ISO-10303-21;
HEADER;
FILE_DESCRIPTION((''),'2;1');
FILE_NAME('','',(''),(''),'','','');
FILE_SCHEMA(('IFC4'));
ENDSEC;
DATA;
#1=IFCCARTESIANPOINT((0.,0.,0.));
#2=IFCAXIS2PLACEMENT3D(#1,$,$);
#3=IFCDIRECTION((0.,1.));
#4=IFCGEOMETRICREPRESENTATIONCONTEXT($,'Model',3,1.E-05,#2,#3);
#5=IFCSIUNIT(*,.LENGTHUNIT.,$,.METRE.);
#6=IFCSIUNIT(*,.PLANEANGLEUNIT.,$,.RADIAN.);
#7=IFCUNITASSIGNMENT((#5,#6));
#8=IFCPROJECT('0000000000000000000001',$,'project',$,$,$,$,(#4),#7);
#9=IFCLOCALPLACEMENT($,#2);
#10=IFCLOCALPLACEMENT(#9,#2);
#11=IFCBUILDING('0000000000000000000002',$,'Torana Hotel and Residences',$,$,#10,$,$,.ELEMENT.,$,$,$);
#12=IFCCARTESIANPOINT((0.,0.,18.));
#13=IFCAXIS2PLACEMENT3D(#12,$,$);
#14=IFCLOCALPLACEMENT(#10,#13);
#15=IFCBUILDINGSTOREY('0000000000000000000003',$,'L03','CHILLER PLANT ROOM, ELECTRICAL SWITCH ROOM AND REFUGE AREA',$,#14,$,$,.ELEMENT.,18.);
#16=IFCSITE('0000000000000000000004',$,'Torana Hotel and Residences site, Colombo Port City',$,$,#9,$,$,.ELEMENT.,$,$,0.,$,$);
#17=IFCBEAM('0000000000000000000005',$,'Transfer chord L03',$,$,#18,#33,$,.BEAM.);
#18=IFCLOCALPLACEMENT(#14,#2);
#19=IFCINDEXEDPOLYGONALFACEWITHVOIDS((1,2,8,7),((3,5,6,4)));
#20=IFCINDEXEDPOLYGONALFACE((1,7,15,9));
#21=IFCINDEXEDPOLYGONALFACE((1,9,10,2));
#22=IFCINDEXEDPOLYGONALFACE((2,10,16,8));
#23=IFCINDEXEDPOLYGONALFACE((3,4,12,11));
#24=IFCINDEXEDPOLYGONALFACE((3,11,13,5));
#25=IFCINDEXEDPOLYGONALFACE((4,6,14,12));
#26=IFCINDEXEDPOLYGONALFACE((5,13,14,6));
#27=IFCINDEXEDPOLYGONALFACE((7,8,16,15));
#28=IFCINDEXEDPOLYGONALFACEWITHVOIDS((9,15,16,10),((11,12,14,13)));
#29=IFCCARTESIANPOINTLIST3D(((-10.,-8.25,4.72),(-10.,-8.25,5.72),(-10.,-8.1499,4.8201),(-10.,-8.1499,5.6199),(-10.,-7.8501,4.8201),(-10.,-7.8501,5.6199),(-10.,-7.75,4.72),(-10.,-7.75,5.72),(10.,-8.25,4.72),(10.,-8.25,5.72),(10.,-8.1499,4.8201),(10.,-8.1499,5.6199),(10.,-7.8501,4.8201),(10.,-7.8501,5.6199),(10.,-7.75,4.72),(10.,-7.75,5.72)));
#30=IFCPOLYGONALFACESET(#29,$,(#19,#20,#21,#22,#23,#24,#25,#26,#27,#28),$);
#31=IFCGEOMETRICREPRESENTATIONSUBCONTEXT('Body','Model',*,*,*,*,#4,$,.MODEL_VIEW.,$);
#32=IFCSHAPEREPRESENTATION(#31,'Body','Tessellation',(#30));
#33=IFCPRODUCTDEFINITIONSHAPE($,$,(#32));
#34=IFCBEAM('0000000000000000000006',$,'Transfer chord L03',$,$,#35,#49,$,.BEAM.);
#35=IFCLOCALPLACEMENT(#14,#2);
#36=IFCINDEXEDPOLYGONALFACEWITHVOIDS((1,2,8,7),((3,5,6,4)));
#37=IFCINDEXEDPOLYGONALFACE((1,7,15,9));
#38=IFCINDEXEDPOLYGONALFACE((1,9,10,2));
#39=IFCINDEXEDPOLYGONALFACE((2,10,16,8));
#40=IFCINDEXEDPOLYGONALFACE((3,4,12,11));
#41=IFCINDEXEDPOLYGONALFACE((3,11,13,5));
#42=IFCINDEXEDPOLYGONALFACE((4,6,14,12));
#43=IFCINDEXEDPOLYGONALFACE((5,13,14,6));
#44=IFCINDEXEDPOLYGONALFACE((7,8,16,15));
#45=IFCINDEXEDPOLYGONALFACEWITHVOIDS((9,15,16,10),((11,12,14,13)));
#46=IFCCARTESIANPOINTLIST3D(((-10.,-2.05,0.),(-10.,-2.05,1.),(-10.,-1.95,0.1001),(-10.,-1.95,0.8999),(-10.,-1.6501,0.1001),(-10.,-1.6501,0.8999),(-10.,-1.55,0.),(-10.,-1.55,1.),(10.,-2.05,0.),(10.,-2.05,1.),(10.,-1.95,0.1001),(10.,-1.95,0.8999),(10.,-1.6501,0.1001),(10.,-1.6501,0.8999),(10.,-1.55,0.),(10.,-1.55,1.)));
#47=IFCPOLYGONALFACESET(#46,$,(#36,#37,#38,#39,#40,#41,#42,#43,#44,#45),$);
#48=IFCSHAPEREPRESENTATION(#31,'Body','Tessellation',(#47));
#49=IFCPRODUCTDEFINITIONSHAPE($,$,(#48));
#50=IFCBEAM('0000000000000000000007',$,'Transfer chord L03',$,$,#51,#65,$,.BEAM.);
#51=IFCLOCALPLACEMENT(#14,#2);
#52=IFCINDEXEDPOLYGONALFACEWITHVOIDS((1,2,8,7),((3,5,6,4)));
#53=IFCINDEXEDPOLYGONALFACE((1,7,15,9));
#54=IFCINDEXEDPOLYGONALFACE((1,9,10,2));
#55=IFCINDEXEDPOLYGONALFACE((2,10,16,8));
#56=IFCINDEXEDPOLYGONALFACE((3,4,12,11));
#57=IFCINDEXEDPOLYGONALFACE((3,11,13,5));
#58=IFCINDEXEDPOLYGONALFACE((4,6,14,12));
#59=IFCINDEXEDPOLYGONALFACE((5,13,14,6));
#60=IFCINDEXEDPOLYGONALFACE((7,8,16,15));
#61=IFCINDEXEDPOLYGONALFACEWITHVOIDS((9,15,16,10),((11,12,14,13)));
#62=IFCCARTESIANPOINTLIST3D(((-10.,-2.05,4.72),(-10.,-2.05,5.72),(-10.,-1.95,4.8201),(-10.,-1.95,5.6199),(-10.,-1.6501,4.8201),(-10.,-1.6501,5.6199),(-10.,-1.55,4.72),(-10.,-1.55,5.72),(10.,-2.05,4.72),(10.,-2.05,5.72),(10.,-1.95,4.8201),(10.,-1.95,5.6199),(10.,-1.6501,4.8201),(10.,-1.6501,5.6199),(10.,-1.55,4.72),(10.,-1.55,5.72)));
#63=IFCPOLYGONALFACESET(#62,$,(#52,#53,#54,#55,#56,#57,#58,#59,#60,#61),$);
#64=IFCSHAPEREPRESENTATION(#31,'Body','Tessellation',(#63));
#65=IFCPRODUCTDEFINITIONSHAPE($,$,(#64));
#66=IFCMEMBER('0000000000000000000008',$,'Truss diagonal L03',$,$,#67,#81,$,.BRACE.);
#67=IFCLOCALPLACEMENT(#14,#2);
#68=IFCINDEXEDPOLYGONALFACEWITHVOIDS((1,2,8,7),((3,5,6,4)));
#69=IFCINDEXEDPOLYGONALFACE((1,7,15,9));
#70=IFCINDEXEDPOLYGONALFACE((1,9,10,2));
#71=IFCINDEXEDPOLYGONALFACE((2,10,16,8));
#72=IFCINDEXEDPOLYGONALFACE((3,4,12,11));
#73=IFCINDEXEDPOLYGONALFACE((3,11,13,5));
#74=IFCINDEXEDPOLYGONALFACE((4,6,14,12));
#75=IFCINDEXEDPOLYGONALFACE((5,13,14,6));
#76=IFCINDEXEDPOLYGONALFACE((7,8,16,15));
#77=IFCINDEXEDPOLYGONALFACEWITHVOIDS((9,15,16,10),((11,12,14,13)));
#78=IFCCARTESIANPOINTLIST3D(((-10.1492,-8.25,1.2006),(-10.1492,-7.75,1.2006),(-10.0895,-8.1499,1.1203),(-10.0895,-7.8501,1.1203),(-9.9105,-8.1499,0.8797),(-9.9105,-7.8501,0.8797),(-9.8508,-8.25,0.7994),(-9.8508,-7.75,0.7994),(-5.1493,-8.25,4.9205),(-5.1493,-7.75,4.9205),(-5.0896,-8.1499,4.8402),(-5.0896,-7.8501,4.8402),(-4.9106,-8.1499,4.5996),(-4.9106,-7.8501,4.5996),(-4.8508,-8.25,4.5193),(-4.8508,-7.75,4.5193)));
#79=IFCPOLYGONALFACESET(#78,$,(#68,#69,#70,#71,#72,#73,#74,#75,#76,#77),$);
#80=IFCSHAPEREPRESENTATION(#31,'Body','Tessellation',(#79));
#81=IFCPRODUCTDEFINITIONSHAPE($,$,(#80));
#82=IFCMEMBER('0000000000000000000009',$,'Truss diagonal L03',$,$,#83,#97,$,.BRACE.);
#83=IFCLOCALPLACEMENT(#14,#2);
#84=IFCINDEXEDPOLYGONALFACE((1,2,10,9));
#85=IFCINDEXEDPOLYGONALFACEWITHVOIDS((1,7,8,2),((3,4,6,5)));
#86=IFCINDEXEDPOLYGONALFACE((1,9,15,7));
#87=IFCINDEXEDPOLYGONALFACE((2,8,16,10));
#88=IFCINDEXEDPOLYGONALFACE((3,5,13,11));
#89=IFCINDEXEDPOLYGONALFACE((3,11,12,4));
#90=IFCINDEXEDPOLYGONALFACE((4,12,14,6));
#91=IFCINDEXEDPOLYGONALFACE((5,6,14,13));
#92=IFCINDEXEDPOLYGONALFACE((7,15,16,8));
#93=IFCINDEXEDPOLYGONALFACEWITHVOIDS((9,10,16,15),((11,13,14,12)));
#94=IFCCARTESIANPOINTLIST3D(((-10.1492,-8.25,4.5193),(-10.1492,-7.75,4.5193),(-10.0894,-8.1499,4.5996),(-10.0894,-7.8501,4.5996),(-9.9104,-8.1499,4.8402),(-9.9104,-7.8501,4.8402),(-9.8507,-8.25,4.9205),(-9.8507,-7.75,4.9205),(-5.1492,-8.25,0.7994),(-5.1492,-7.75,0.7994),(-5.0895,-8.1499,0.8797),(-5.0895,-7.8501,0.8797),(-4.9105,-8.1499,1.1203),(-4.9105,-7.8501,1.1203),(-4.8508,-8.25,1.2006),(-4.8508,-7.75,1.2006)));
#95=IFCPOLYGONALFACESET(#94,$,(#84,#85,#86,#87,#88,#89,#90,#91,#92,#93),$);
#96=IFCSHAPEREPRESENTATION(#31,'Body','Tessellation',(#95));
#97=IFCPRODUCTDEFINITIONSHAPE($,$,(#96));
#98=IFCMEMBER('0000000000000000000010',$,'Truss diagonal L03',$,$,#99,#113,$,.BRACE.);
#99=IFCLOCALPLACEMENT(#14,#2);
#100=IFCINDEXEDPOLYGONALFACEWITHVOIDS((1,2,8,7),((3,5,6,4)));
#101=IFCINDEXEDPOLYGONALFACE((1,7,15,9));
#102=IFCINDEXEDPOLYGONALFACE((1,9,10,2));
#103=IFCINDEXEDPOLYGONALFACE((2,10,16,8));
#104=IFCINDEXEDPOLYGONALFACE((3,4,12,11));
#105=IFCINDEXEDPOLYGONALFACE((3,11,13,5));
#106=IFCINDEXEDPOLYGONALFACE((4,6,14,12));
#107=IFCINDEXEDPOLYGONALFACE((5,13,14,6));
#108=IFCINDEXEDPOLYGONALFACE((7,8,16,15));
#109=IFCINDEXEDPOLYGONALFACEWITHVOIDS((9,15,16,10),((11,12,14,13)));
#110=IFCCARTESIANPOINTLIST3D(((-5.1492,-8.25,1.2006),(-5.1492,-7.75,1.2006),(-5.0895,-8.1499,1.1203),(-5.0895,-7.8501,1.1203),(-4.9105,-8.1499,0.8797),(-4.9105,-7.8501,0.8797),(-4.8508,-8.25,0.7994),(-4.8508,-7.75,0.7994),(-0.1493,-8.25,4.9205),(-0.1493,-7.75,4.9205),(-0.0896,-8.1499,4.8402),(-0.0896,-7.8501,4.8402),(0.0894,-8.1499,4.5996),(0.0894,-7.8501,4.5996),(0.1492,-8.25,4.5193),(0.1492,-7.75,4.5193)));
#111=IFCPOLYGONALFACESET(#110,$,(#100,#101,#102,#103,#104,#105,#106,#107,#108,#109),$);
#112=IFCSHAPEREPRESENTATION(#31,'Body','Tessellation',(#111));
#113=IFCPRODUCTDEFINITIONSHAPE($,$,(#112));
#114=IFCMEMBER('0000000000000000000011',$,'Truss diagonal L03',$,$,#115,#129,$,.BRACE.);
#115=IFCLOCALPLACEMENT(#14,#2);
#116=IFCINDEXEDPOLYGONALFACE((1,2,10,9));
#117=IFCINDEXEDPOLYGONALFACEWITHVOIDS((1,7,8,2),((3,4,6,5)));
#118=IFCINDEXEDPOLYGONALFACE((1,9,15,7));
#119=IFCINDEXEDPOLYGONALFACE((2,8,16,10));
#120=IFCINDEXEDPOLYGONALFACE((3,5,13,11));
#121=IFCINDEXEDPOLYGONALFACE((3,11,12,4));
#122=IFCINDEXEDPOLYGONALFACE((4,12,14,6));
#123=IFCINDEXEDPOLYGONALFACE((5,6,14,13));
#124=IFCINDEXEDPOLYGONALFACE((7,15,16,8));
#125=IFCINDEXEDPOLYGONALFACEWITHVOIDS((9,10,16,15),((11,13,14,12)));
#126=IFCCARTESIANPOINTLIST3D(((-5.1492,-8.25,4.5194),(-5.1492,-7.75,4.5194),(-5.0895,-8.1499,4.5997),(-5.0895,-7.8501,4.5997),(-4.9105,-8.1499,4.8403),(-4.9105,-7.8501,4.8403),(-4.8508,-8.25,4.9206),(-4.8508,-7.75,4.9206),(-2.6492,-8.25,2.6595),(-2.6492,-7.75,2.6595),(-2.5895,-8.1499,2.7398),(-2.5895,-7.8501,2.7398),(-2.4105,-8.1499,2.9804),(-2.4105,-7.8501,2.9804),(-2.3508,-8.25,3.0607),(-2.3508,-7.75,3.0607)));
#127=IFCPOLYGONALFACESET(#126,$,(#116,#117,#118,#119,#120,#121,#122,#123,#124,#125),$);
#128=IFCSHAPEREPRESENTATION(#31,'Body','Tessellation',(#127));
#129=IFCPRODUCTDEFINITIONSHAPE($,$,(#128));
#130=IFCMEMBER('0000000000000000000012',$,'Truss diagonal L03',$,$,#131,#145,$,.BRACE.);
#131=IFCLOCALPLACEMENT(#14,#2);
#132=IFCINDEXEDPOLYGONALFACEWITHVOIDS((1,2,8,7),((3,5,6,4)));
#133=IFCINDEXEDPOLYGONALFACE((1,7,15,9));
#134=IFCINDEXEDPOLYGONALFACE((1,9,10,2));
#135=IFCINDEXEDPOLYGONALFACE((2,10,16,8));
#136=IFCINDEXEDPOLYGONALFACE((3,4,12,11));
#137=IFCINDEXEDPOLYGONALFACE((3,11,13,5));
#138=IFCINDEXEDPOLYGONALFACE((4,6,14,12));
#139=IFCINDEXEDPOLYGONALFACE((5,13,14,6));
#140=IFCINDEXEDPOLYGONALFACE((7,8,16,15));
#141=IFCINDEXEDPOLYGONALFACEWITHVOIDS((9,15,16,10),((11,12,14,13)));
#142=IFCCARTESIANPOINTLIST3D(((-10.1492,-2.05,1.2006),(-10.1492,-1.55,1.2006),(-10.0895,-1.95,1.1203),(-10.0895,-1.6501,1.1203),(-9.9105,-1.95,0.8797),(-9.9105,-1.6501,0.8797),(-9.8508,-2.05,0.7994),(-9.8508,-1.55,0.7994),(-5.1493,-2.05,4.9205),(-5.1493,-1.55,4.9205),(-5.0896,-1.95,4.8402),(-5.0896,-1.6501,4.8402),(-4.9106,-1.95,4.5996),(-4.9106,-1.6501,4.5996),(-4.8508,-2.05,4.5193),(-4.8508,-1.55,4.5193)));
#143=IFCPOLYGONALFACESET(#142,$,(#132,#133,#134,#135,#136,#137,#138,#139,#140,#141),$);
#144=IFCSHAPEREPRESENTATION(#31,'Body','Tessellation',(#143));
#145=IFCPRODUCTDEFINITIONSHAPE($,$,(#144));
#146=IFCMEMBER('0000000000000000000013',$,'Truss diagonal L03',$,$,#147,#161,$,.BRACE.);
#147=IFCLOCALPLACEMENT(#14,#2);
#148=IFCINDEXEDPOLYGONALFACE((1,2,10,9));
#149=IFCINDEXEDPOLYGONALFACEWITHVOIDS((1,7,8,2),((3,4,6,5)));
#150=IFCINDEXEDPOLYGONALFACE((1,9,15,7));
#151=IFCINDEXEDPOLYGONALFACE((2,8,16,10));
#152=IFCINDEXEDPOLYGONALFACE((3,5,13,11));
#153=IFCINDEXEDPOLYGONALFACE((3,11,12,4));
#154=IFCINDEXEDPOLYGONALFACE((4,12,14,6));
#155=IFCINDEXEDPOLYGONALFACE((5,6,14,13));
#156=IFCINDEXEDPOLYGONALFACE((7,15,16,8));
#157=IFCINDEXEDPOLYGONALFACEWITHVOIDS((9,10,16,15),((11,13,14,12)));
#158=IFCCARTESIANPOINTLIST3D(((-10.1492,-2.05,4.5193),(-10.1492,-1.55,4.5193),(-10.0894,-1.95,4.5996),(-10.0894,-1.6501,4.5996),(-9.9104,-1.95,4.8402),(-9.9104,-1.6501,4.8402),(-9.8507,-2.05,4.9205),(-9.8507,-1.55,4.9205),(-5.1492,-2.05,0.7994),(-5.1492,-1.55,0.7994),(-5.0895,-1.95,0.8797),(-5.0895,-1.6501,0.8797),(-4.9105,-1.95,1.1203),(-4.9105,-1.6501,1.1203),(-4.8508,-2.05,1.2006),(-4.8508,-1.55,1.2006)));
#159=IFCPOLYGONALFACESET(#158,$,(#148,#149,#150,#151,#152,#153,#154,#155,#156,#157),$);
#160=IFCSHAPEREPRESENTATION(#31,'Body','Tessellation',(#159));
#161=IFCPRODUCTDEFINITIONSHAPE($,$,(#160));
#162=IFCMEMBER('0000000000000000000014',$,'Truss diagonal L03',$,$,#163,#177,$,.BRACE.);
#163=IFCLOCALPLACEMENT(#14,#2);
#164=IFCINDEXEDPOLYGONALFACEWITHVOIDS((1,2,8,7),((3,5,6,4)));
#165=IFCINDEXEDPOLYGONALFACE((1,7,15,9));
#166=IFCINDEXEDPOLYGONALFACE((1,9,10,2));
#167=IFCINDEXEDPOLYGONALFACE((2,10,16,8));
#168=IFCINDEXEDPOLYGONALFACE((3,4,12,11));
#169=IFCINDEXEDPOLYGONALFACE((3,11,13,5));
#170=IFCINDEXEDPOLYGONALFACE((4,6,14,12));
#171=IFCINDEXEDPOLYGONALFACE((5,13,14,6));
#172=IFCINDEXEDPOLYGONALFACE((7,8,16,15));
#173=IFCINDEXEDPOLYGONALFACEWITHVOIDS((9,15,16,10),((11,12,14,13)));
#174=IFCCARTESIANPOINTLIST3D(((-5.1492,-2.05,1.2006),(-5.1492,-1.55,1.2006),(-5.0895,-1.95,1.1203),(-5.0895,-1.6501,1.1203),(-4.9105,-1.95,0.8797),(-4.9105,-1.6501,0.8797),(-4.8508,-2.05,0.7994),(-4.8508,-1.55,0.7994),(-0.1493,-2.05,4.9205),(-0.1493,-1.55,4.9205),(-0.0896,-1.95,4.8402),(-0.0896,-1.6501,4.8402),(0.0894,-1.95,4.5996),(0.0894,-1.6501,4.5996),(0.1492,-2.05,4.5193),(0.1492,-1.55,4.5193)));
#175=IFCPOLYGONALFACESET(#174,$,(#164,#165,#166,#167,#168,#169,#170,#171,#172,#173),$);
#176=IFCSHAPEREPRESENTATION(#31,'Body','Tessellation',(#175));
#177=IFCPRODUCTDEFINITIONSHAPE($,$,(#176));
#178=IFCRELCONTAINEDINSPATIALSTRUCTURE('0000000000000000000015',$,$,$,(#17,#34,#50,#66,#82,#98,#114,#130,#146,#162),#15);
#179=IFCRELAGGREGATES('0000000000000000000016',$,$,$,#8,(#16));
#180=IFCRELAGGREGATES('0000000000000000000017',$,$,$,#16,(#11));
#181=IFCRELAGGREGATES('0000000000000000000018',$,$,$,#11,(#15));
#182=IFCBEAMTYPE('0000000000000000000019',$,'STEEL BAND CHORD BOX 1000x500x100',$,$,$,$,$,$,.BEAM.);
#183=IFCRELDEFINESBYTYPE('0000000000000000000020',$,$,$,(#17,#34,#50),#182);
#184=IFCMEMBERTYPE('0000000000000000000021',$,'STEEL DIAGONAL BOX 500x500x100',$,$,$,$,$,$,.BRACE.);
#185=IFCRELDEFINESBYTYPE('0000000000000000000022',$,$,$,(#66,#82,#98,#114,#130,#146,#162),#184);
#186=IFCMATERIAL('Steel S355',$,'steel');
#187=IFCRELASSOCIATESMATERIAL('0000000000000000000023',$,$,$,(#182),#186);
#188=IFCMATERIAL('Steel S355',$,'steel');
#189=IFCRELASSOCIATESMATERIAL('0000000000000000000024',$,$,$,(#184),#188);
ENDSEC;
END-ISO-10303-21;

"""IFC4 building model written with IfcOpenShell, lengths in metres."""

from ifc_helpers import new_model, si_unit, direction, frame, origin, origin_2d, place, context, subcontext, project, spatial, hollow_rectangle, extrude, material, material_profile, profile_set, type_object, element, save


model = new_model("IFC4")

# Units and contexts
model_context = context("Model", 3, precision=1e-05, world=origin(), true_north=direction((0.0, 1.0)))
body_context = subcontext(model_context, "Body", "Model", "MODEL_VIEW")
ifc_project = project(units=[si_unit("LENGTHUNIT", "METRE"), si_unit("PLANEANGLEUNIT", "RADIAN")], contexts=[model_context])

# Site, building, storey
site_placement = place(None, origin())
site = spatial("IfcSite", under=ifc_project, at=site_placement, Name="Torana Hotel and Residences site, Colombo Port City", CompositionType="ELEMENT", RefElevation=0.0)
building_placement = place(site_placement, origin())
building = spatial("IfcBuilding", under=site, at=building_placement, Name="Torana Hotel and Residences", CompositionType="ELEMENT")
storey_placement = place(building_placement, frame((0.0, 0.0, 18.0)))
storey = spatial("IfcBuildingStorey", under=building, at=storey_placement, Name="L03", Description="CHILLER PLANT ROOM, ELECTRICAL SWITCH ROOM AND REFUGE AREA", CompositionType="ELEMENT", Elevation=18.0)

# Beams
ifc_material_1 = material(Name="Steel S355", Category="steel")
ifc_material_profile_1 = material_profile(ifc_material_1, hollow_rectangle(XDim=0.5, YDim=1.0, WallThickness=0.1001, at=origin_2d()), Name="BOX 1000x500x100")
ifc_profile_set_1 = profile_set([ifc_material_profile_1], Name="Steel S355")
beam_type = type_object("IfcBeamType", Name="STEEL BAND CHORD BOX 1000x500x100", PredefinedType="BEAM", material=ifc_profile_set_1)
for number, where, z_axis, x_axis, name in (
    (1, (-10.0, -8.0, 5.22), (1.0, 0.0, 0.0), (0.0, 1.0, 0.0), "Transfer chord L03"),
    (2, (-10.0, -1.8, 0.5), (1.0, 0.0, 0.0), (0.0, 1.0, 0.0), "Transfer chord L03"),
    (3, (-10.0, -1.8, 5.22), (1.0, 0.0, 0.0), (0.0, 1.0, 0.0), "Transfer chord L03"),
):
    element("IfcBeam", number, at=place(storey_placement, frame(where, z_axis=z_axis, x_axis=x_axis)), inside=storey, type_object=beam_type, Name=name, PredefinedType="BEAM", context=body_context, shape_type="SweptSolid", body=[
        extrude(hollow_rectangle(XDim=0.5, YDim=1.0, WallThickness=0.1001, at=origin_2d()), origin(), (0.0, 0.0, 1.0), 20.0),
    ])

# Members
ifc_material_2 = material(Name="Steel S355", Category="steel")
ifc_material_profile_2 = material_profile(ifc_material_2, hollow_rectangle(XDim=0.5, YDim=0.5, WallThickness=0.1001, at=origin_2d()), Name="BOX 500x500x100")
ifc_profile_set_2 = profile_set([ifc_material_profile_2], Name="Steel S355")
member_type_1 = type_object("IfcMemberType", Name="STEEL DIAGONAL BOX 500x500x100", PredefinedType="BRACE", material=ifc_profile_set_2)
for number, where, z_axis, x_axis, name in (
    (4, (-10.0, -8.0, 1.0), (0.802307, 0.0, 0.596912), (0.0, 1.0, 0.0), "Truss diagonal L03"),
    (5, (-5.0, -8.0, 1.0), (-0.802307, 0.0, 0.596912), (0.0, -1.0, 0.0), "Truss diagonal L03"),
    (6, (-5.0, -8.0, 1.0), (0.802307, 0.0, 0.596912), (0.0, 1.0, 0.0), "Truss diagonal L03"),
):
    element("IfcMember", number, at=place(storey_placement, frame(where, z_axis=z_axis, x_axis=x_axis)), inside=storey, type_object=member_type_1, Name=name, PredefinedType="BRACE", context=body_context, shape_type="SweptSolid", body=[
        extrude(hollow_rectangle(XDim=0.5, YDim=0.5, WallThickness=0.1001, at=origin_2d()), origin(), (0.0, 0.0, 1.0), 6.2319),
    ])
member_placement = place(storey_placement, frame((-2.5, -8.0, 2.8601), z_axis=(-0.802326, 0.0, 0.596886), x_axis=(0.0, -1.0, 0.0)))
element("IfcMember", 7, at=member_placement, inside=storey, type_object=member_type_1, Name="Truss diagonal L03", PredefinedType="BRACE", context=body_context, shape_type="SweptSolid", body=[
    extrude(hollow_rectangle(XDim=0.5, YDim=0.5, WallThickness=0.1001, at=origin_2d()), origin(), (0.0, 0.0, 1.0), 3.116),
])
for number, where, z_axis, x_axis, name in (
    (8, (-10.0, -1.8, 1.0), (0.802307, 0.0, 0.596912), (0.0, 1.0, 0.0), "Truss diagonal L03"),
    (9, (-5.0, -1.8, 1.0), (-0.802307, 0.0, 0.596912), (0.0, -1.0, 0.0), "Truss diagonal L03"),
    (10, (-5.0, -1.8, 1.0), (0.802307, 0.0, 0.596912), (0.0, 1.0, 0.0), "Truss diagonal L03"),
):
    element("IfcMember", number, at=place(storey_placement, frame(where, z_axis=z_axis, x_axis=x_axis)), inside=storey, type_object=member_type_1, Name=name, PredefinedType="BRACE", context=body_context, shape_type="SweptSolid", body=[
        extrude(hollow_rectangle(XDim=0.5, YDim=0.5, WallThickness=0.1001, at=origin_2d()), origin(), (0.0, 0.0, 1.0), 6.2319),
    ])

save(model, "model.ifc")
